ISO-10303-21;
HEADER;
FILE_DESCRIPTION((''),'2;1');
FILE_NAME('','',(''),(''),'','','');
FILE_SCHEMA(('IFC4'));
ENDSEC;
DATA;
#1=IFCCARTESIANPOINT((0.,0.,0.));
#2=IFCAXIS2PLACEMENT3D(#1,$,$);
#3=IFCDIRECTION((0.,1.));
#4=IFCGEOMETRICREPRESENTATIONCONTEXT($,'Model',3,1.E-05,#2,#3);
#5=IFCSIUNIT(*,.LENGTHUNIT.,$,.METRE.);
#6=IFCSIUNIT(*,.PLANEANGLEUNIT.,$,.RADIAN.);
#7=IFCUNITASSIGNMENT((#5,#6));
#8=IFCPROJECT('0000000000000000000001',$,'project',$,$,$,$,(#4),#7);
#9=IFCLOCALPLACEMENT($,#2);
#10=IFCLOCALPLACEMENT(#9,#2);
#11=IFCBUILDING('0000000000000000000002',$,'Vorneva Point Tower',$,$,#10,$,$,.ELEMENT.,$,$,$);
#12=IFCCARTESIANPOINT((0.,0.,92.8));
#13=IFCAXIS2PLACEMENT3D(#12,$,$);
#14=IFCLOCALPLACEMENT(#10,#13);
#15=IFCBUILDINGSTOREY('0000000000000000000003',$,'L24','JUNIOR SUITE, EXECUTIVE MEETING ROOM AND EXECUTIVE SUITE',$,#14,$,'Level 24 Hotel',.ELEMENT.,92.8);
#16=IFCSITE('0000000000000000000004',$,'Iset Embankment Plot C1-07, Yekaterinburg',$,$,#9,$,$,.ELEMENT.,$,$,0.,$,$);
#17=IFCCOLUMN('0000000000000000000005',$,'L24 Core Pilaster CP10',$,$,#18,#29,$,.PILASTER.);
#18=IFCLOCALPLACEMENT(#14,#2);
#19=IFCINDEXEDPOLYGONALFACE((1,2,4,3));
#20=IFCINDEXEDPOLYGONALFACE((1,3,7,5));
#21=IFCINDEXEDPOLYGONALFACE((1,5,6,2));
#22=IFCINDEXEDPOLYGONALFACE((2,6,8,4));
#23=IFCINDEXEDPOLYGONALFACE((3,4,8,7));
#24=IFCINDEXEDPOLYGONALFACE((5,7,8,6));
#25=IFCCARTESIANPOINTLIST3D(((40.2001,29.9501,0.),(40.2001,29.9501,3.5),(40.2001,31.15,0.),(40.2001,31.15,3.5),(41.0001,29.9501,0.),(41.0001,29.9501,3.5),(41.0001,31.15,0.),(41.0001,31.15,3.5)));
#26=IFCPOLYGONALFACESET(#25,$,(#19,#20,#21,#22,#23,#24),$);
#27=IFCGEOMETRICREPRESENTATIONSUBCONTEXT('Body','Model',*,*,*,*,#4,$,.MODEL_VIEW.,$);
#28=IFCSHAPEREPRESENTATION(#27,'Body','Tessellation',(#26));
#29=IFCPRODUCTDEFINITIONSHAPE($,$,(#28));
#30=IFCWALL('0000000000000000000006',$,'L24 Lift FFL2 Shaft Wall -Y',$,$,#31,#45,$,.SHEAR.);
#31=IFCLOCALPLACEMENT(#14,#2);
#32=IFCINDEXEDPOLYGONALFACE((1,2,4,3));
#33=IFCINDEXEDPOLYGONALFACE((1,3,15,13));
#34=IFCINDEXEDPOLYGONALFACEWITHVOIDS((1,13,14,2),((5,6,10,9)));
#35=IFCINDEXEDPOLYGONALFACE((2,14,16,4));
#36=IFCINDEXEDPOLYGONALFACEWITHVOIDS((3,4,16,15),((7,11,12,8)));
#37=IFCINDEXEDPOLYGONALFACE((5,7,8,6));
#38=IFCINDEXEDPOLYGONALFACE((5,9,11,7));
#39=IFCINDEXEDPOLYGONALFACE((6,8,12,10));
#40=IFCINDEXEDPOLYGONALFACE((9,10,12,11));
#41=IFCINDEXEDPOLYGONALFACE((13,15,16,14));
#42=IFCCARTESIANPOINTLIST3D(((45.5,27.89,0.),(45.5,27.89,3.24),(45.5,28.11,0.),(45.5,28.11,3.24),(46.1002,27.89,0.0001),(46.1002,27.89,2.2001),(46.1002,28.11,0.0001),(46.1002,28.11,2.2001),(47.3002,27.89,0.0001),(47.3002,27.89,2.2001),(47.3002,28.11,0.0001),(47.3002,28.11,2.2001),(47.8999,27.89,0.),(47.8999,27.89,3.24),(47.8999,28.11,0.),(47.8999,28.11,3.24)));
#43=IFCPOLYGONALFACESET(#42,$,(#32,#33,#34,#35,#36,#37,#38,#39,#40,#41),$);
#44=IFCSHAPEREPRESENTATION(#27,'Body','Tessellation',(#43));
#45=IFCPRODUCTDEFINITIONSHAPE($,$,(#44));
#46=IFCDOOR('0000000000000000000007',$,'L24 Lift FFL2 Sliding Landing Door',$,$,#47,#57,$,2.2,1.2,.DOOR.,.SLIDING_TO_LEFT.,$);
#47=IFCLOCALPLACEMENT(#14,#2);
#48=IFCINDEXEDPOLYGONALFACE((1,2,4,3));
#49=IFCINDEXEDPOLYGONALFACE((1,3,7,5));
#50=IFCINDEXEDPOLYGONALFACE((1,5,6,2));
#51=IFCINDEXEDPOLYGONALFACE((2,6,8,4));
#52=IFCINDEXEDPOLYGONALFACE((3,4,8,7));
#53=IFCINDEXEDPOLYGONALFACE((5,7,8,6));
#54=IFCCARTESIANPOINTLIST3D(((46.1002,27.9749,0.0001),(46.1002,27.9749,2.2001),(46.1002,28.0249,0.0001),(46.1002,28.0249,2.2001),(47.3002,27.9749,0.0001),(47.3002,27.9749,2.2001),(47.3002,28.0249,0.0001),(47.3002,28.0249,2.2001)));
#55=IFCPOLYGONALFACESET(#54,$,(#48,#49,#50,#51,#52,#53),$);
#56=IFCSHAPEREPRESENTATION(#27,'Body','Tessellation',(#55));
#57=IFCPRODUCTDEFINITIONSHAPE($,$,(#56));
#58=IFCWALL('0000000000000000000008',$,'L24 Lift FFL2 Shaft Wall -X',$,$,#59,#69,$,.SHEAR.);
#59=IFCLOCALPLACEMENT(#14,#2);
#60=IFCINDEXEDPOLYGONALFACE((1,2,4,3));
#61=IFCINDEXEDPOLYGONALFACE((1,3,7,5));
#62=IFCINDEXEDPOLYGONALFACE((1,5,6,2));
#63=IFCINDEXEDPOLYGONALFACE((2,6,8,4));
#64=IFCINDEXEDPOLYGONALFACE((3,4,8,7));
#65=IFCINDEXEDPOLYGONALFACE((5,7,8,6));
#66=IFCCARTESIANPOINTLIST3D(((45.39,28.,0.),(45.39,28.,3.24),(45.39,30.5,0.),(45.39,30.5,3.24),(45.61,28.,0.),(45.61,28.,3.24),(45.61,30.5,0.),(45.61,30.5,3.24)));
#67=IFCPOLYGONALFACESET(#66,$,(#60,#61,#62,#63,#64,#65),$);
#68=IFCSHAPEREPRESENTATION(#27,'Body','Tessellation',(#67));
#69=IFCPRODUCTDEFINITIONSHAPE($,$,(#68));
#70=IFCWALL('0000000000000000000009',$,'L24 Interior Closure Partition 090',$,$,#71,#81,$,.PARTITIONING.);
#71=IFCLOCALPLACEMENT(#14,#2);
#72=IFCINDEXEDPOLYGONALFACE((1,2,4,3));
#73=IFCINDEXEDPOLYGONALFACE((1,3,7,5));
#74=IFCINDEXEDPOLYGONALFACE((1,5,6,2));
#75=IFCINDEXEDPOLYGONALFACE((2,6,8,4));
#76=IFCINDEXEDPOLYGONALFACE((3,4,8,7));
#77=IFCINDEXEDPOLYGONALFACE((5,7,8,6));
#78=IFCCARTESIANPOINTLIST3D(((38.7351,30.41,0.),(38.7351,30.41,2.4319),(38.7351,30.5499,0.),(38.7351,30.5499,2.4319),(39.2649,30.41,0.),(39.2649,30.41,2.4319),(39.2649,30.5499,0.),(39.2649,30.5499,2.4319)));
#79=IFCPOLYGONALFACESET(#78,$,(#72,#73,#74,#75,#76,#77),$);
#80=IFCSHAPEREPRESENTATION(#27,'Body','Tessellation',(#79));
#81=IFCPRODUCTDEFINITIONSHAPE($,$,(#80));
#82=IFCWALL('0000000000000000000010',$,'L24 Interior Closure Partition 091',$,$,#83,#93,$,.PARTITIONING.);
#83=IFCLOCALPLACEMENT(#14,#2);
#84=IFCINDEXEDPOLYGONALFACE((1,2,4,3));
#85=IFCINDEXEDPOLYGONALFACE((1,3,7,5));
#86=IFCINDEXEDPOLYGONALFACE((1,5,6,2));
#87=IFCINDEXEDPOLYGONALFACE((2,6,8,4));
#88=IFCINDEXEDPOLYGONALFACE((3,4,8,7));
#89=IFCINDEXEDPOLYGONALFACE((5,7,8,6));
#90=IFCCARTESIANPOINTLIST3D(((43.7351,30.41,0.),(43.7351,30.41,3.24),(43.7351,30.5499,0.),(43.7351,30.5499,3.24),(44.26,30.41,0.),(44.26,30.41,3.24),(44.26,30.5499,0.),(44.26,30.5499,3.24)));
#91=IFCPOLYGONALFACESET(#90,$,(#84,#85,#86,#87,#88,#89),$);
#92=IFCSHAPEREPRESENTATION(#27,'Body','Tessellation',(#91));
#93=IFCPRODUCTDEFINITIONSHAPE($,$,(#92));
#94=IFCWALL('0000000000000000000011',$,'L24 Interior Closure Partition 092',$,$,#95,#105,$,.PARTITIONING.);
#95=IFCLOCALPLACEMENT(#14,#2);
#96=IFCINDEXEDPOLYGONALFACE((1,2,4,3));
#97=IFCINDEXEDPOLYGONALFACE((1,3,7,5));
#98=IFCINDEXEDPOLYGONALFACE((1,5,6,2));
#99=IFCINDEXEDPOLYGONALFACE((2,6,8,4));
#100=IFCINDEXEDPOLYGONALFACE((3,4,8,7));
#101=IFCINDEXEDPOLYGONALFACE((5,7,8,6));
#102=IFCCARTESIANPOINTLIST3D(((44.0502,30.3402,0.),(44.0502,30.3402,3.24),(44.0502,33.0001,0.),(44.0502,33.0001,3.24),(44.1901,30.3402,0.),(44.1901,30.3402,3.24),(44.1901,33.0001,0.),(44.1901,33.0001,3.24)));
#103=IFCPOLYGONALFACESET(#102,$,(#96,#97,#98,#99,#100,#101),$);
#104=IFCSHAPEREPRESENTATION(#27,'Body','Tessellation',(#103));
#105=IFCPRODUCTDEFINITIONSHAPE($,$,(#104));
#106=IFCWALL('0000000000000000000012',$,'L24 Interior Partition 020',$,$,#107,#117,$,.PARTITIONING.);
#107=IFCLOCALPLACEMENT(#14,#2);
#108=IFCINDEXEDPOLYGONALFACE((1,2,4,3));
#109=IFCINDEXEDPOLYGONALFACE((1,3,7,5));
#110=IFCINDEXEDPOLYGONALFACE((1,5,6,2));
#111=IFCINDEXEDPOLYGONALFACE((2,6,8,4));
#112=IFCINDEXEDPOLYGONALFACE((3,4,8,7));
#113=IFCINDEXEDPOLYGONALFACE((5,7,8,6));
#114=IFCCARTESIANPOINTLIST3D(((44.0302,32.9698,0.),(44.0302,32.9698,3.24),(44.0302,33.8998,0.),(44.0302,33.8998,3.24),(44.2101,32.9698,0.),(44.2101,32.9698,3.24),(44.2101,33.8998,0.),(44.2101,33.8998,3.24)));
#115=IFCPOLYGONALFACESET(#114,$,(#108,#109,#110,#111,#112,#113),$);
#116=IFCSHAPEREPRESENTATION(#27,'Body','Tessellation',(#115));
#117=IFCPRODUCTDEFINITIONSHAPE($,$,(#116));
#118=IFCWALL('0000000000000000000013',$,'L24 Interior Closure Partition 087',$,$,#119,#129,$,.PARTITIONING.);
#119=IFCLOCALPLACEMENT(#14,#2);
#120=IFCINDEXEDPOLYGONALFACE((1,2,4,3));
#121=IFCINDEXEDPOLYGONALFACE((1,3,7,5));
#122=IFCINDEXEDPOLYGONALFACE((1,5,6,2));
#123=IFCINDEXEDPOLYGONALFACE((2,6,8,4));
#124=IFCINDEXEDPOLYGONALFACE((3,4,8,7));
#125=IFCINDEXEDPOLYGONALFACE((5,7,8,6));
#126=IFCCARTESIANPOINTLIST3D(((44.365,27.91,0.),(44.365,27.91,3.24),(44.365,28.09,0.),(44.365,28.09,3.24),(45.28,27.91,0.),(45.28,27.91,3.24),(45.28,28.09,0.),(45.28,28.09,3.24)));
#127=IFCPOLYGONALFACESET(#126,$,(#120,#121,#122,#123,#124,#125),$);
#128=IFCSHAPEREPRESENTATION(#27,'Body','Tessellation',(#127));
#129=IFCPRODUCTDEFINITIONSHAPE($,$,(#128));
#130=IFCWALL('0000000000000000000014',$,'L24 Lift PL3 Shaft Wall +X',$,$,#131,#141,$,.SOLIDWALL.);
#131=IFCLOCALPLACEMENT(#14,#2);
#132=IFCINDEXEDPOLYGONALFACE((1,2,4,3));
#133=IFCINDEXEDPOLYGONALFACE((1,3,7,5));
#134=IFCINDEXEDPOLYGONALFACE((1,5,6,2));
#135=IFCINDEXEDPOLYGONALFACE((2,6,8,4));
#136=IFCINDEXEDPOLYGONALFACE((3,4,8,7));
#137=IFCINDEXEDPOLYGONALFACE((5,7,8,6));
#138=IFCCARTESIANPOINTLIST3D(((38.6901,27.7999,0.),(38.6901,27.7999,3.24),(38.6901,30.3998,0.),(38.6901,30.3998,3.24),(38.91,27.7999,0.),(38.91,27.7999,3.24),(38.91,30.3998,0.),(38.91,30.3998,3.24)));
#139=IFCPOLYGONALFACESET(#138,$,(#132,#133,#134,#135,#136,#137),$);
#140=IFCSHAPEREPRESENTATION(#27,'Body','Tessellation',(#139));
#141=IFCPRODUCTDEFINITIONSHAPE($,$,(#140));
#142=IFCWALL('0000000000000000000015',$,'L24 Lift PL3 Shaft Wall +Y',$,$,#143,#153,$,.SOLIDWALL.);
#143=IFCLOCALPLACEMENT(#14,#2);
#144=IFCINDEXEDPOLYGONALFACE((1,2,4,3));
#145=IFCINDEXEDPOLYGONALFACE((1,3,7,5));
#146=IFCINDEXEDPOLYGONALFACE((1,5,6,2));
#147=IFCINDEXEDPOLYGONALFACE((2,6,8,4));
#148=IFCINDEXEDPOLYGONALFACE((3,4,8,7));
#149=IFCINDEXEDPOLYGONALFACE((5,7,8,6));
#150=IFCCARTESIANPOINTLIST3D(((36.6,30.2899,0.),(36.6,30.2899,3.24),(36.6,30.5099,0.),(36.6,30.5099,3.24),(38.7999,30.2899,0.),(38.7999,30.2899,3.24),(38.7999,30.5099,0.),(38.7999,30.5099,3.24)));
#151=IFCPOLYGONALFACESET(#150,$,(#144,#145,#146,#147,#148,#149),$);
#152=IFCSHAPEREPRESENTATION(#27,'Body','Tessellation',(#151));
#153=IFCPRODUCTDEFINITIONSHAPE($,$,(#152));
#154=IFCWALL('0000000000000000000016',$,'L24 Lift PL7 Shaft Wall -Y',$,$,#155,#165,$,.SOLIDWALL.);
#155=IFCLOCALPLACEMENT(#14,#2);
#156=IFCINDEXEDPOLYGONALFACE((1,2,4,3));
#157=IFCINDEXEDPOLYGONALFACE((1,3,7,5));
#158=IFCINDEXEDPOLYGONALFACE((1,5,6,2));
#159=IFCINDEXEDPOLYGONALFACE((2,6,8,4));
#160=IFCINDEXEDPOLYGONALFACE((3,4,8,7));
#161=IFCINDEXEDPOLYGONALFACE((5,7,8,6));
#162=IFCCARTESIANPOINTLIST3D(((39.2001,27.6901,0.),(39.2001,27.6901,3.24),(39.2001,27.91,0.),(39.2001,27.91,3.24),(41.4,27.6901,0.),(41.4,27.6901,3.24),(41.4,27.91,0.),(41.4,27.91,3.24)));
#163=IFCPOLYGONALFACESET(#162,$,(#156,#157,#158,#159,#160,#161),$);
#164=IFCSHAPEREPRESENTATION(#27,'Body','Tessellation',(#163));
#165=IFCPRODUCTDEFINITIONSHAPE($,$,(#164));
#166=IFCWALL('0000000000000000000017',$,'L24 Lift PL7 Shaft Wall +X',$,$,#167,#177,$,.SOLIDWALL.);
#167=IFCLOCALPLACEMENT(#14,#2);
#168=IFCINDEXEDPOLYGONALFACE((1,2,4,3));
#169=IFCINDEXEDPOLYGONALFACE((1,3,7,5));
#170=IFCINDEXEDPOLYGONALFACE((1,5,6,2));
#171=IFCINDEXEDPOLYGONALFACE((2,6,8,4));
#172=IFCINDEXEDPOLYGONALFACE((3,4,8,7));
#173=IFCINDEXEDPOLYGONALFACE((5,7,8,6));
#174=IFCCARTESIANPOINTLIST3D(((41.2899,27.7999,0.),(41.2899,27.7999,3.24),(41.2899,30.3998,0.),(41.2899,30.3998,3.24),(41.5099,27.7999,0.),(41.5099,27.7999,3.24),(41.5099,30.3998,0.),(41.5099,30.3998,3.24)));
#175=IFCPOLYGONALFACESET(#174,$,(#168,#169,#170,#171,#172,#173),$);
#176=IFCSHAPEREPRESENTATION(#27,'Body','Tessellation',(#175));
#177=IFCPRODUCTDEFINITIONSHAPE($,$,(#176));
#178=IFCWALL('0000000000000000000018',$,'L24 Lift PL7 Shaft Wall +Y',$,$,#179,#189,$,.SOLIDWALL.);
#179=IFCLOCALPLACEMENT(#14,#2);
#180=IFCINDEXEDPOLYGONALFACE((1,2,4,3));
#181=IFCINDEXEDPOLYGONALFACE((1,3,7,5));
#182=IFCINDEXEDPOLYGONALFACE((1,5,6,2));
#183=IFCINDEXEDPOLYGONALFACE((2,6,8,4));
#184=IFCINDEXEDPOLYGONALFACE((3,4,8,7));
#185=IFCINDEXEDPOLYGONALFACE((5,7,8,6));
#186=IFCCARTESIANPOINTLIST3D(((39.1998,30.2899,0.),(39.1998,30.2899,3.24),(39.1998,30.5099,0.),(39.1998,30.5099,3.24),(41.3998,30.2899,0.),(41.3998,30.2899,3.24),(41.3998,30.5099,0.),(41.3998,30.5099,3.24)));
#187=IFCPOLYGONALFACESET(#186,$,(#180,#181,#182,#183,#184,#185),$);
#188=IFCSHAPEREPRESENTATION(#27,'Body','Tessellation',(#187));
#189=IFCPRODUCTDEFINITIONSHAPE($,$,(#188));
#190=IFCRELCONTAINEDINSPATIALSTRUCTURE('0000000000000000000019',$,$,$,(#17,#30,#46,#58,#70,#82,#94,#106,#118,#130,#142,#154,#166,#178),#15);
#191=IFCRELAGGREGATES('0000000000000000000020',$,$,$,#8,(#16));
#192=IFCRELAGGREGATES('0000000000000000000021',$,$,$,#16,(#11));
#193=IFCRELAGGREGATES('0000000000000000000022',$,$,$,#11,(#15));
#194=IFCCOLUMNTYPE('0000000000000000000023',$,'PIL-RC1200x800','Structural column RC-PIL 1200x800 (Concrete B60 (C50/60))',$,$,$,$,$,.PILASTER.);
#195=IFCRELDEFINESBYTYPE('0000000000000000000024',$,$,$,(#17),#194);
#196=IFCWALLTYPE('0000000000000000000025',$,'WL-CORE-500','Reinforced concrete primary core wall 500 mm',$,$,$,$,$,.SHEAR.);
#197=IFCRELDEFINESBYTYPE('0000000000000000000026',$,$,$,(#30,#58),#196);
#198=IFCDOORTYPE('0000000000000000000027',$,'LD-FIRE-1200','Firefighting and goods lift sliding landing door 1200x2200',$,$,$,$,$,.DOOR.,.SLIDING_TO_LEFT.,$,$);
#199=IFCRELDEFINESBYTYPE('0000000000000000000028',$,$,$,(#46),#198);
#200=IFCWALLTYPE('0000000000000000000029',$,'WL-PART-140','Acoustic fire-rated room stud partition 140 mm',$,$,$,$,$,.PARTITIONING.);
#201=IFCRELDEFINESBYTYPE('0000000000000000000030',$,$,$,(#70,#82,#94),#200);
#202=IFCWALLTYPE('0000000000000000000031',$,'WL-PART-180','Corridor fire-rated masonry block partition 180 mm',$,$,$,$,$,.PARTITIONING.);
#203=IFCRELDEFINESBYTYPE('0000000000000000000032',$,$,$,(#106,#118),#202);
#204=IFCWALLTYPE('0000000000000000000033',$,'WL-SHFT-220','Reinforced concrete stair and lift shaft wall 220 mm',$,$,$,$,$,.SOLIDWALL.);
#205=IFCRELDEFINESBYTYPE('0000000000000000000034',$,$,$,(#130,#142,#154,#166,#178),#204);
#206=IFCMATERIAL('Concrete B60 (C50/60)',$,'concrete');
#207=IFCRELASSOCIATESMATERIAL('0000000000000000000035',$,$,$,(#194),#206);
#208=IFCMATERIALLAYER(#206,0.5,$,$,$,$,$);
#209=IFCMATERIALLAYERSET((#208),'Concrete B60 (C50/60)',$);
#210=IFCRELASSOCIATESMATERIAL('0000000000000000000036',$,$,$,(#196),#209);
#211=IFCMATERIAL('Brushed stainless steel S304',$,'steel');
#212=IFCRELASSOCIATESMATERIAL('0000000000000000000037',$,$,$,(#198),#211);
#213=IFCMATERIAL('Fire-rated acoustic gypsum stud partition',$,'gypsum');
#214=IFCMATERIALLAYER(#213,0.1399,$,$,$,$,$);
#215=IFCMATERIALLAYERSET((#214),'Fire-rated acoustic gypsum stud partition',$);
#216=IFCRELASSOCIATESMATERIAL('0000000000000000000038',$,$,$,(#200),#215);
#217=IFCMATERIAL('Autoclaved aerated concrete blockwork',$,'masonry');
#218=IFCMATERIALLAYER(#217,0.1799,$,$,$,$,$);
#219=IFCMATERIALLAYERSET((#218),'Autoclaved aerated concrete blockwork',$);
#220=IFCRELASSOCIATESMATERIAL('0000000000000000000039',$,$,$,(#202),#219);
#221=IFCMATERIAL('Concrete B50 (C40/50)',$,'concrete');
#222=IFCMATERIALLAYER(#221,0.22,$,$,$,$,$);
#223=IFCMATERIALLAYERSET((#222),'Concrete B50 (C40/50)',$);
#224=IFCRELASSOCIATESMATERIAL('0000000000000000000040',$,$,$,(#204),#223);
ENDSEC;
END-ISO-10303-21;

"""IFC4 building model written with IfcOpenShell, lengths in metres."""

from ifc_helpers import new_model, si_unit, direction, frame, frame_2d, origin, origin_2d, place, context, subcontext, project, spatial, rectangle, extrude, material, layer, layer_set, material_profile, profile_set, type_object, element, fill, save


model = new_model("IFC4")

# Units and contexts
model_context = context("Model", 3, precision=1e-05, world=origin(), true_north=direction((0.0, 1.0)))
body_context = subcontext(model_context, "Body", "Model", "MODEL_VIEW")
ifc_project = project(units=[si_unit("LENGTHUNIT", "METRE"), si_unit("PLANEANGLEUNIT", "RADIAN")], contexts=[model_context])

# Site, building, storey
site_placement = place(None, origin())
site = spatial("IfcSite", under=ifc_project, at=site_placement, Name="Iset Embankment Plot C1-07, Yekaterinburg", CompositionType="ELEMENT", RefElevation=0.0)
building_placement = place(site_placement, origin())
building = spatial("IfcBuilding", under=site, at=building_placement, Name="Vorneva Point Tower", CompositionType="ELEMENT")
storey_placement = place(building_placement, frame((0.0, 0.0, 92.8)))
storey = spatial("IfcBuildingStorey", under=building, at=storey_placement, Name="L24", Description="JUNIOR SUITE, EXECUTIVE MEETING ROOM AND EXECUTIVE SUITE", LongName="Level 24 Hotel", CompositionType="ELEMENT", Elevation=92.8)

# Column
ifc_material_1 = material(Name="Concrete B60 (C50/60)", Category="concrete")
ifc_material_profile = material_profile(ifc_material_1, rectangle(XDim=0.8, YDim=1.2, at=origin_2d()), Name="RC-PIL 1200x800")
ifc_profile_set = profile_set([ifc_material_profile], Name="Concrete B60 (C50/60)")
column_type = type_object("IfcColumnType", Name="PIL-RC1200x800", Description="Structural column RC-PIL 1200x800 (Concrete B60 (C50/60))", PredefinedType="PILASTER", material=ifc_profile_set)
column_placement = place(storey_placement, frame((40.6001, 30.55, 0.0), z_axis=(0.0, 0.0, 1.0), x_axis=(1.0, 0.0, 0.0)))
element("IfcColumn", 1, at=column_placement, inside=storey, type_object=column_type, Name="L24 Core Pilaster CP10", PredefinedType="PILASTER", context=body_context, shape_type="SweptSolid", body=[
    extrude(rectangle(XDim=0.8, YDim=1.2, at=origin_2d()), origin(), (0.0, 0.0, 1.0), 3.5),
])

# Wall, opening, door
ifc_layer_1 = layer(ifc_material_1, 0.5)
ifc_layer_set_1 = layer_set([ifc_layer_1], Name="Concrete B60 (C50/60)")
wall_type_1 = type_object("IfcWallType", Name="WL-CORE-500", Description="Reinforced concrete primary core wall 500 mm", PredefinedType="SHEAR", material=ifc_layer_set_1)
wall_1_placement = place(storey_placement, frame((45.5, 28.0, 0.0), z_axis=(0.0, 0.0, 1.0), x_axis=(1.0, 0.0, 0.0)))
wall_1 = element("IfcWall", 2, at=wall_1_placement, inside=storey, type_object=wall_type_1, Name="L24 Lift FFL2 Shaft Wall -Y", PredefinedType="SHEAR", context=body_context, shape_type="SweptSolid", body=[
    extrude(rectangle(XDim=2.3999, YDim=0.22, at=frame_2d((1.2, 0.0))), origin(), (0.0, 0.0, 1.0), 3.24),
])
opening_1_placement = place(wall_1_placement, frame((0.6001, 0.0, 0.0)))
opening_1 = element("IfcOpeningElement", 3, at=opening_1_placement, cuts=wall_1, PredefinedType="OPENING", context=body_context, shape_type="SweptSolid", body=[
    extrude(rectangle(XDim=1.2, YDim=2.2, at=frame_2d((0.6001, 1.1001))), frame((0.0, 0.125, 0.0), z_axis=(0.0, -1.0, 0.0), x_axis=(1.0, 0.0, 0.0)), (0.0, 0.0, 1.0), 0.2498),
])
ifc_material_2 = material(Name="Brushed stainless steel S304", Category="steel")
door_type_1 = type_object("IfcDoorType", Name="LD-FIRE-1200", Description="Firefighting and goods lift sliding landing door 1200x2200", OperationType="SLIDING_TO_LEFT", PredefinedType="DOOR", material=ifc_material_2)
door_1_placement = place(opening_1_placement, origin())
door_1 = element("IfcDoor", 4, at=door_1_placement, inside=storey, type_object=door_type_1, Name="L24 Lift FFL2 Sliding Landing Door", OperationType="SLIDING_TO_LEFT", OverallHeight=2.2, OverallWidth=1.2, PredefinedType="DOOR", context=body_context, shape_type="SweptSolid", body=[
    extrude(rectangle(XDim=1.2, YDim=2.2, at=frame_2d((0.6001, 1.1001))), frame((0.0, 0.0249, 0.0), z_axis=(0.0, -1.0, 0.0), x_axis=(1.0, 0.0, 0.0)), (0.0, 0.0, 1.0), 0.05),
])
fill(opening_1, door_1)

# Walls
wall_2_placement = place(storey_placement, frame((45.5, 30.5, 0.0), z_axis=(0.0, 0.0, 1.0), x_axis=(0.0, -1.0, 0.0)))
element("IfcWall", 5, at=wall_2_placement, inside=storey, type_object=wall_type_1, Name="L24 Lift FFL2 Shaft Wall -X", PredefinedType="SHEAR", context=body_context, shape_type="SweptSolid", body=[
    extrude(rectangle(XDim=2.5, YDim=0.22, at=frame_2d((1.25, 0.0))), origin(), (0.0, 0.0, 1.0), 3.24),
])
ifc_material_3 = material(Name="Fire-rated acoustic gypsum stud partition", Category="gypsum")
ifc_layer_2 = layer(ifc_material_3, 0.1399)
ifc_layer_set_2 = layer_set([ifc_layer_2], Name="Fire-rated acoustic gypsum stud partition")
wall_type_2 = type_object("IfcWallType", Name="WL-PART-140", Description="Acoustic fire-rated room stud partition 140 mm", PredefinedType="PARTITIONING", material=ifc_layer_set_2)
wall_3_placement = place(storey_placement, frame((38.7351, 30.48, 0.0), z_axis=(0.0, 0.0, 1.0), x_axis=(1.0, 0.0, 0.0)))
element("IfcWall", 6, at=wall_3_placement, inside=storey, type_object=wall_type_2, Name="L24 Interior Closure Partition 090", PredefinedType="PARTITIONING", context=body_context, shape_type="SweptSolid", body=[
    extrude(rectangle(XDim=0.5298, YDim=0.1399, at=frame_2d((0.2649, 0.0))), origin(), (0.0, 0.0, 1.0), 2.4319),
])
wall_4_placement = place(storey_placement, frame((43.7351, 30.48, 0.0), z_axis=(0.0, 0.0, 1.0), x_axis=(1.0, 0.0, 0.0)))
element("IfcWall", 7, at=wall_4_placement, inside=storey, type_object=wall_type_2, Name="L24 Interior Closure Partition 091", PredefinedType="PARTITIONING", context=body_context, shape_type="SweptSolid", body=[
    extrude(rectangle(XDim=0.5249, YDim=0.1399, at=frame_2d((0.2625, 0.0))), origin(), (0.0, 0.0, 1.0), 3.24),
])
wall_5_placement = place(storey_placement, frame((44.1201, 30.3401, 0.0), z_axis=(0.0, 0.0, 1.0), x_axis=(0.0, 1.0, 0.0)))
element("IfcWall", 8, at=wall_5_placement, inside=storey, type_object=wall_type_2, Name="L24 Interior Closure Partition 092", PredefinedType="PARTITIONING", context=body_context, shape_type="SweptSolid", body=[
    extrude(rectangle(XDim=2.6599, YDim=0.1399, at=frame_2d((1.3301, 0.0))), origin(), (0.0, 0.0, 1.0), 3.24),
])

# Shared definitions
ifc_material_4 = material(Name="Autoclaved aerated concrete blockwork", Category="masonry")
ifc_layer_3 = layer(ifc_material_4, 0.1799)
ifc_layer_set_3 = layer_set([ifc_layer_3], Name="Autoclaved aerated concrete blockwork")
wall_type_3 = type_object("IfcWallType", Name="WL-PART-180", Description="Corridor fire-rated masonry block partition 180 mm", PredefinedType="PARTITIONING", material=ifc_layer_set_3)

# Walls
wall_6_placement = place(storey_placement, frame((44.1201, 32.97, 0.0), z_axis=(0.0, 0.0, 1.0), x_axis=(0.0, 1.0, 0.0)))
element("IfcWall", 9, at=wall_6_placement, inside=storey, type_object=wall_type_3, Name="L24 Interior Partition 020", PredefinedType="PARTITIONING", context=body_context, shape_type="SweptSolid", body=[
    extrude(rectangle(XDim=0.9299, YDim=0.1799, at=frame_2d((0.4648, 0.0))), origin(), (0.0, 0.0, 1.0), 3.24),
])
wall_7_placement = place(storey_placement, frame((45.28, 28.0, 0.0), z_axis=(0.0, 0.0, 1.0), x_axis=(-1.0, 0.0, 0.0)))
element("IfcWall", 10, at=wall_7_placement, inside=storey, type_object=wall_type_3, Name="L24 Interior Closure Partition 087", PredefinedType="PARTITIONING", context=body_context, shape_type="SweptSolid", body=[
    extrude(rectangle(XDim=0.915, YDim=0.1799, at=frame_2d((0.4575, 0.0))), origin(), (0.0, 0.0, 1.0), 3.24),
])
ifc_material_5 = material(Name="Concrete B50 (C40/50)", Category="concrete")
ifc_layer_4 = layer(ifc_material_5, 0.22)
ifc_layer_set_4 = layer_set([ifc_layer_4], Name="Concrete B50 (C40/50)")
wall_type_4 = type_object("IfcWallType", Name="WL-SHFT-220", Description="Reinforced concrete stair and lift shaft wall 220 mm", PredefinedType="SOLIDWALL", material=ifc_layer_set_4)
wall_8_placement = place(storey_placement, frame((38.8, 27.8, 0.0), z_axis=(0.0, 0.0, 1.0), x_axis=(0.0, 1.0, 0.0)))
element("IfcWall", 11, at=wall_8_placement, inside=storey, type_object=wall_type_4, Name="L24 Lift PL3 Shaft Wall +X", PredefinedType="SOLIDWALL", context=body_context, shape_type="SweptSolid", body=[
    extrude(rectangle(XDim=2.5999, YDim=0.22, at=frame_2d((1.2998, 0.0))), origin(), (0.0, 0.0, 1.0), 3.24),
])
for number, where, z_axis, x_axis, name in (
    (12, (38.8, 30.3999, 0.0), (0.0, 0.0, 1.0), (-1.0, 0.0, 0.0), "L24 Lift PL3 Shaft Wall +Y"),
    (13, (39.2, 27.8, 0.0), (0.0, 0.0, 1.0), (1.0, 0.0, 0.0), "L24 Lift PL7 Shaft Wall -Y"),
):
    element("IfcWall", number, at=place(storey_placement, frame(where, z_axis=z_axis, x_axis=x_axis)), inside=storey, type_object=wall_type_4, Name=name, PredefinedType="SOLIDWALL", context=body_context, shape_type="SweptSolid", body=[
        extrude(rectangle(XDim=2.2, YDim=0.22, at=frame_2d((1.1001, 0.0))), origin(), (0.0, 0.0, 1.0), 3.24),
    ])
wall_9_placement = place(storey_placement, frame((41.3999, 27.8, 0.0), z_axis=(0.0, 0.0, 1.0), x_axis=(0.0, 1.0, 0.0)))
element("IfcWall", 14, at=wall_9_placement, inside=storey, type_object=wall_type_4, Name="L24 Lift PL7 Shaft Wall +X", PredefinedType="SOLIDWALL", context=body_context, shape_type="SweptSolid", body=[
    extrude(rectangle(XDim=2.5999, YDim=0.22, at=frame_2d((1.2998, 0.0))), origin(), (0.0, 0.0, 1.0), 3.24),
])
wall_10_placement = place(storey_placement, frame((41.3999, 30.3999, 0.0), z_axis=(0.0, 0.0, 1.0), x_axis=(-1.0, 0.0, 0.0)))
element("IfcWall", 15, at=wall_10_placement, inside=storey, type_object=wall_type_4, Name="L24 Lift PL7 Shaft Wall +Y", PredefinedType="SOLIDWALL", context=body_context, shape_type="SweptSolid", body=[
    extrude(rectangle(XDim=2.2, YDim=0.22, at=frame_2d((1.1001, 0.0))), origin(), (0.0, 0.0, 1.0), 3.24),
])

save(model, "model.ifc")
